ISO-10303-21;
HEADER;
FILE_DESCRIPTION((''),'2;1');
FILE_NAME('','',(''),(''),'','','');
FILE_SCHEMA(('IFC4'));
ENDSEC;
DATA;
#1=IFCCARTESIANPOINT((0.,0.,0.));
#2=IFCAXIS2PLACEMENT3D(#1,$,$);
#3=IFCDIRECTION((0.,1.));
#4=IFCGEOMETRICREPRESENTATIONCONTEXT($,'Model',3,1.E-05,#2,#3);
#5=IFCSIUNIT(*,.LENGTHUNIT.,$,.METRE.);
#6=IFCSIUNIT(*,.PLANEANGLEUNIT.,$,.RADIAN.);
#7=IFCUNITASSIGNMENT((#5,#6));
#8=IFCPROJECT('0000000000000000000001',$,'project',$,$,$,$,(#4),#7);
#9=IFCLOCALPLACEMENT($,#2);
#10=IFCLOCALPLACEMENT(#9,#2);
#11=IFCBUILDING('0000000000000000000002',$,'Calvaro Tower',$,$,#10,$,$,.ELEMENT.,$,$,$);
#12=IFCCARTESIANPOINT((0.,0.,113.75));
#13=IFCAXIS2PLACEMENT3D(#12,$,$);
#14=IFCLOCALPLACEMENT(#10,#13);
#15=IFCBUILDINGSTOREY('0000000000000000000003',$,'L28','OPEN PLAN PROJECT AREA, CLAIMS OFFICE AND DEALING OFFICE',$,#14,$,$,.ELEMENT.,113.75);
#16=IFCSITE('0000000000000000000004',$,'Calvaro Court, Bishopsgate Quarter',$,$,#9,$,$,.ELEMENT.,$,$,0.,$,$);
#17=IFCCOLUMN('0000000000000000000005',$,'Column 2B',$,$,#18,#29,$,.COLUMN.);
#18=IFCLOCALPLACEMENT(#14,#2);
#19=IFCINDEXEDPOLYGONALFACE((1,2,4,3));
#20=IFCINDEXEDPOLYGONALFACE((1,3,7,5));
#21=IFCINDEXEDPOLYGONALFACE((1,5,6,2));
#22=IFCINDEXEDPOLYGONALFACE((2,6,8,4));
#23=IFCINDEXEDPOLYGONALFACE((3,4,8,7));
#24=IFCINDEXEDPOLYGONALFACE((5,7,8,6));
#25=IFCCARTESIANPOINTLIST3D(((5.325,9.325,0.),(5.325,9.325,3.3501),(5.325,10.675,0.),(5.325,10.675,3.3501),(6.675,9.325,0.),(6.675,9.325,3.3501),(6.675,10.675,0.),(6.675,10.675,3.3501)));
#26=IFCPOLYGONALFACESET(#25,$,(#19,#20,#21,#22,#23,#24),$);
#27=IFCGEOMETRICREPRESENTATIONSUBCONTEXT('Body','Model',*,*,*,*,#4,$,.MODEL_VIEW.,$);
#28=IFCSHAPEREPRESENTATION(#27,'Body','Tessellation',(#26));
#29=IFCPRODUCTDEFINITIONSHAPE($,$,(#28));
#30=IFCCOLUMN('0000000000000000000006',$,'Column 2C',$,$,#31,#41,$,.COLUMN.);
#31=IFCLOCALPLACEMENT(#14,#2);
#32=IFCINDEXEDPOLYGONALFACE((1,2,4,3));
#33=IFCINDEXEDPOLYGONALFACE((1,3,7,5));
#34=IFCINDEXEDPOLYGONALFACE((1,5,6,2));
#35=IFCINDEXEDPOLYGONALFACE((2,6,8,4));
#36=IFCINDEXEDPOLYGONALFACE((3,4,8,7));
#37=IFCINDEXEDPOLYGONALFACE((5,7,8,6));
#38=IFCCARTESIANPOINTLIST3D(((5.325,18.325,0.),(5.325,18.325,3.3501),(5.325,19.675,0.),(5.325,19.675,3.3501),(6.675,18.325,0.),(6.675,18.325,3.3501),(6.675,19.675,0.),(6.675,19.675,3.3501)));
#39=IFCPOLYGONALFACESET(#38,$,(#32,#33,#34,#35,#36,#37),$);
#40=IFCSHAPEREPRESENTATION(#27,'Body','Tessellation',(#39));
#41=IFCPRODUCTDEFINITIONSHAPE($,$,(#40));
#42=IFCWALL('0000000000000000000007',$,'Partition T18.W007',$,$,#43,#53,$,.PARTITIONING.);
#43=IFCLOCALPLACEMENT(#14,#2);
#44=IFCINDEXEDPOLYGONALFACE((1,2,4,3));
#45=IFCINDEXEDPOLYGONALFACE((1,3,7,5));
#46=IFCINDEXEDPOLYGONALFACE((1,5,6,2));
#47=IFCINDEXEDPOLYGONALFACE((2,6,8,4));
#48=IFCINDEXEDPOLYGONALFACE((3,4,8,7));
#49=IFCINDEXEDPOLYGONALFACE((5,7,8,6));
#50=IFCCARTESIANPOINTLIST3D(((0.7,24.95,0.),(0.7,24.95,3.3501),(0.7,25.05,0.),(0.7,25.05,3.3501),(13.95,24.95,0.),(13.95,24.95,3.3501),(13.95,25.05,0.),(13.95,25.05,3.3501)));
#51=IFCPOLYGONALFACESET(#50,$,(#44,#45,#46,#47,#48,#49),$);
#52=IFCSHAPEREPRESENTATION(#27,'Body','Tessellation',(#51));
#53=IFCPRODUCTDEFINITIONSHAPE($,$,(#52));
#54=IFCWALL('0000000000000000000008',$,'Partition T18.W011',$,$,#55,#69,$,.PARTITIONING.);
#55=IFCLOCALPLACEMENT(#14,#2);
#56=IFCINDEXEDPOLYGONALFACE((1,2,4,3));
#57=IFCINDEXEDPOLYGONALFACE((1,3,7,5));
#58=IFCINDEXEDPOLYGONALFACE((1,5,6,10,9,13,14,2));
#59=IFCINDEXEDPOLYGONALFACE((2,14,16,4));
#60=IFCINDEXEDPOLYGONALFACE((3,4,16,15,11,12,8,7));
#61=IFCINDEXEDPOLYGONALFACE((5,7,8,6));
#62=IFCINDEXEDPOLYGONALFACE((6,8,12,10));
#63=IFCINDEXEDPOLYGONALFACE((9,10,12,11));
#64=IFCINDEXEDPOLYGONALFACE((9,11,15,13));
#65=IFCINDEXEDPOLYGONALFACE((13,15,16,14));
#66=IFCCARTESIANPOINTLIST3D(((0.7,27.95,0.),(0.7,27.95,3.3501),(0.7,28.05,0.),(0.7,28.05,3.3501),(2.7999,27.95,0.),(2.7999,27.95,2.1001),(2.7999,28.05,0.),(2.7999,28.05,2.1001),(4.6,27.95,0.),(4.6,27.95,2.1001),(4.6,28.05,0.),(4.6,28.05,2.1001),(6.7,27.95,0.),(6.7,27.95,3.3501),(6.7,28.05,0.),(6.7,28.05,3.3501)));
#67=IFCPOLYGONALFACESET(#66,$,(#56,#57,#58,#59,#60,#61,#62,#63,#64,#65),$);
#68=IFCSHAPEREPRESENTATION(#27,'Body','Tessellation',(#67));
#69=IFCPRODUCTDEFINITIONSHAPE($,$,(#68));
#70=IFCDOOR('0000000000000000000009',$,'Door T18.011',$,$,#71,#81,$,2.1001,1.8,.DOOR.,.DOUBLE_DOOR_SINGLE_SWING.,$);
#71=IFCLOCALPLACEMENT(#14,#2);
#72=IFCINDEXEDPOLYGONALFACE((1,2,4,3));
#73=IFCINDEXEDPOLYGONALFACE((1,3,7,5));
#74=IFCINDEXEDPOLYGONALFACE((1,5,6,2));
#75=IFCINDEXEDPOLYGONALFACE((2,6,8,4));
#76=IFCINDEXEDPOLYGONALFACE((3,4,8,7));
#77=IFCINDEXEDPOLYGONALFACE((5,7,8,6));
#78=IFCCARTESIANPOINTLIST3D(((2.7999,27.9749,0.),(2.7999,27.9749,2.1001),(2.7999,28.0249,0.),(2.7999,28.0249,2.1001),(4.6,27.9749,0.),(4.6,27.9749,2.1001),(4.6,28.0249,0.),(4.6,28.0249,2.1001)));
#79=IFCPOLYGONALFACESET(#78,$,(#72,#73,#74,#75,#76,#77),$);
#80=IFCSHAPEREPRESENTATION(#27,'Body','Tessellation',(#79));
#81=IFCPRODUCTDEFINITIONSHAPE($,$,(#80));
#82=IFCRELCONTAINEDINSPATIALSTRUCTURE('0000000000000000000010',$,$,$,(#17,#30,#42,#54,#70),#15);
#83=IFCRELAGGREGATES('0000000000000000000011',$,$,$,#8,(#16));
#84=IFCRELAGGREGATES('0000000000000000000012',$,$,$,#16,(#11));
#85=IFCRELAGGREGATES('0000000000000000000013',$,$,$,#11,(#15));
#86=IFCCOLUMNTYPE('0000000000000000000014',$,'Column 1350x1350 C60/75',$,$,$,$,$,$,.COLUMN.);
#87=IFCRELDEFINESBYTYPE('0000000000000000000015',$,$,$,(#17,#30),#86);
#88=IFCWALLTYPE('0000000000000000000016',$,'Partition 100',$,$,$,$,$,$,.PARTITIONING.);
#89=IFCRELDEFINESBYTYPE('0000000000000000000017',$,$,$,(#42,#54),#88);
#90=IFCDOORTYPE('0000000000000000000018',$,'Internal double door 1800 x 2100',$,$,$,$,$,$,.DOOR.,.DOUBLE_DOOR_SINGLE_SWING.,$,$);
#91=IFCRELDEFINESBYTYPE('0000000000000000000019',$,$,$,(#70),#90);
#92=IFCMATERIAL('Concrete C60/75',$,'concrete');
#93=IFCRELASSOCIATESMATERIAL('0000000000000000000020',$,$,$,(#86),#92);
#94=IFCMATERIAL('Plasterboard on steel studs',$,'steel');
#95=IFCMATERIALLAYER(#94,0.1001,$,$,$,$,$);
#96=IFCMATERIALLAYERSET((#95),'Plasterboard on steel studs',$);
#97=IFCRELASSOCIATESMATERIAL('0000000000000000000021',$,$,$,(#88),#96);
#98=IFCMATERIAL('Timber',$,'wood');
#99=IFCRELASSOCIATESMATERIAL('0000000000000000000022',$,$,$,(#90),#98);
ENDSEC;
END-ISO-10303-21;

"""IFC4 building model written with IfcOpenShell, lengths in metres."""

from ifc_helpers import new_model, si_unit, direction, frame, frame_2d, origin, origin_2d, place, context, subcontext, project, spatial, rectangle, extrude, material, layer, layer_set, material_profile, profile_set, type_object, element, fill, save


model = new_model("IFC4")

# Units and contexts
model_context = context("Model", 3, precision=1e-05, world=origin(), true_north=direction((0.0, 1.0)))
body_context = subcontext(model_context, "Body", "Model", "MODEL_VIEW")
ifc_project = project(units=[si_unit("LENGTHUNIT", "METRE"), si_unit("PLANEANGLEUNIT", "RADIAN")], contexts=[model_context])

# Site, building, storey
site_placement = place(None, origin())
site = spatial("IfcSite", under=ifc_project, at=site_placement, Name="Calvaro Court, Bishopsgate Quarter", CompositionType="ELEMENT", RefElevation=0.0)
building_placement = place(site_placement, origin())
building = spatial("IfcBuilding", under=site, at=building_placement, Name="Calvaro Tower", CompositionType="ELEMENT")
storey_placement = place(building_placement, frame((0.0, 0.0, 113.75)))
storey = spatial("IfcBuildingStorey", under=building, at=storey_placement, Name="L28", Description="OPEN PLAN PROJECT AREA, CLAIMS OFFICE AND DEALING OFFICE", CompositionType="ELEMENT", Elevation=113.75)

# Columns
ifc_material_1 = material(Name="Concrete C60/75", Category="concrete")
ifc_material_profile = material_profile(ifc_material_1, rectangle(XDim=1.3501, YDim=1.3501, at=origin_2d()), Name="RC 1350x1350")
ifc_profile_set = profile_set([ifc_material_profile], Name="Concrete C60/75")
column_type = type_object("IfcColumnType", Name="Column 1350x1350 C60/75", PredefinedType="COLUMN", material=ifc_profile_set)
for number, where, z_axis, x_axis, name in (
    (1, (6.0, 10.0, 0.0), (0.0, 0.0, 1.0), (1.0, 0.0, 0.0), "Column 2B"),
    (2, (6.0, 19.0, 0.0), (0.0, 0.0, 1.0), (1.0, 0.0, 0.0), "Column 2C"),
):
    element("IfcColumn", number, at=place(storey_placement, frame(where, z_axis=z_axis, x_axis=x_axis)), inside=storey, type_object=column_type, Name=name, PredefinedType="COLUMN", context=body_context, shape_type="SweptSolid", body=[
        extrude(rectangle(XDim=1.3501, YDim=1.3501, at=origin_2d()), origin(), (0.0, 0.0, 1.0), 3.3501),
    ])

# Wall
ifc_material_2 = material(Name="Plasterboard on steel studs", Category="steel")
ifc_layer_1 = layer(ifc_material_2, 0.1001)
ifc_layer_set_1 = layer_set([ifc_layer_1], Name="Plasterboard on steel studs")
wall_type_1 = type_object("IfcWallType", Name="Partition 100", PredefinedType="PARTITIONING", material=ifc_layer_set_1)
wall_1_placement = place(storey_placement, frame((0.7, 25.0, 0.0), z_axis=(0.0, 0.0, 1.0), x_axis=(1.0, 0.0, 0.0)))
element("IfcWall", 3, at=wall_1_placement, inside=storey, type_object=wall_type_1, Name="Partition T18.W007", PredefinedType="PARTITIONING", context=body_context, shape_type="SweptSolid", body=[
    extrude(rectangle(XDim=13.25, YDim=0.1001, at=frame_2d((6.625, 0.0))), origin(), (0.0, 0.0, 1.0), 3.3501),
])

# Wall, opening, door
wall_2_placement = place(storey_placement, frame((0.7, 28.0, 0.0), z_axis=(0.0, 0.0, 1.0), x_axis=(1.0, 0.0, 0.0)))
wall_2 = element("IfcWall", 4, at=wall_2_placement, inside=storey, type_object=wall_type_1, Name="Partition T18.W011", PredefinedType="PARTITIONING", context=body_context, shape_type="SweptSolid", body=[
    extrude(rectangle(XDim=6.0, YDim=0.1001, at=frame_2d((3.0, 0.0))), origin(), (0.0, 0.0, 1.0), 3.3501),
])
opening_1_placement = place(wall_2_placement, frame((2.1001, 0.0, 0.0)))
opening_1 = element("IfcOpeningElement", 5, at=opening_1_placement, cuts=wall_2, PredefinedType="OPENING", context=body_context, shape_type="SweptSolid", body=[
    extrude(rectangle(XDim=1.8, YDim=2.1001, at=frame_2d((0.8999, 1.05))), frame((0.0, 0.0601, 0.0), z_axis=(0.0, -1.0, 0.0), x_axis=(1.0, 0.0, 0.0)), (0.0, 0.0, 1.0), 0.1201),
])
ifc_material_3 = material(Name="Timber", Category="wood")
door_type_1 = type_object("IfcDoorType", Name="Internal double door 1800 x 2100", OperationType="DOUBLE_DOOR_SINGLE_SWING", PredefinedType="DOOR", material=ifc_material_3)
door_1_placement = place(opening_1_placement, origin())
door_1 = element("IfcDoor", 6, at=door_1_placement, inside=storey, type_object=door_type_1, Name="Door T18.011", OperationType="DOUBLE_DOOR_SINGLE_SWING", OverallHeight=2.1001, OverallWidth=1.8, PredefinedType="DOOR", context=body_context, shape_type="SweptSolid", body=[
    extrude(rectangle(XDim=1.8, YDim=2.1001, at=frame_2d((0.8999, 1.05))), frame((0.0, 0.0249, 0.0), z_axis=(0.0, -1.0, 0.0), x_axis=(1.0, 0.0, 0.0)), (0.0, 0.0, 1.0), 0.05),
])
fill(opening_1, door_1)

save(model, "model.ifc")
